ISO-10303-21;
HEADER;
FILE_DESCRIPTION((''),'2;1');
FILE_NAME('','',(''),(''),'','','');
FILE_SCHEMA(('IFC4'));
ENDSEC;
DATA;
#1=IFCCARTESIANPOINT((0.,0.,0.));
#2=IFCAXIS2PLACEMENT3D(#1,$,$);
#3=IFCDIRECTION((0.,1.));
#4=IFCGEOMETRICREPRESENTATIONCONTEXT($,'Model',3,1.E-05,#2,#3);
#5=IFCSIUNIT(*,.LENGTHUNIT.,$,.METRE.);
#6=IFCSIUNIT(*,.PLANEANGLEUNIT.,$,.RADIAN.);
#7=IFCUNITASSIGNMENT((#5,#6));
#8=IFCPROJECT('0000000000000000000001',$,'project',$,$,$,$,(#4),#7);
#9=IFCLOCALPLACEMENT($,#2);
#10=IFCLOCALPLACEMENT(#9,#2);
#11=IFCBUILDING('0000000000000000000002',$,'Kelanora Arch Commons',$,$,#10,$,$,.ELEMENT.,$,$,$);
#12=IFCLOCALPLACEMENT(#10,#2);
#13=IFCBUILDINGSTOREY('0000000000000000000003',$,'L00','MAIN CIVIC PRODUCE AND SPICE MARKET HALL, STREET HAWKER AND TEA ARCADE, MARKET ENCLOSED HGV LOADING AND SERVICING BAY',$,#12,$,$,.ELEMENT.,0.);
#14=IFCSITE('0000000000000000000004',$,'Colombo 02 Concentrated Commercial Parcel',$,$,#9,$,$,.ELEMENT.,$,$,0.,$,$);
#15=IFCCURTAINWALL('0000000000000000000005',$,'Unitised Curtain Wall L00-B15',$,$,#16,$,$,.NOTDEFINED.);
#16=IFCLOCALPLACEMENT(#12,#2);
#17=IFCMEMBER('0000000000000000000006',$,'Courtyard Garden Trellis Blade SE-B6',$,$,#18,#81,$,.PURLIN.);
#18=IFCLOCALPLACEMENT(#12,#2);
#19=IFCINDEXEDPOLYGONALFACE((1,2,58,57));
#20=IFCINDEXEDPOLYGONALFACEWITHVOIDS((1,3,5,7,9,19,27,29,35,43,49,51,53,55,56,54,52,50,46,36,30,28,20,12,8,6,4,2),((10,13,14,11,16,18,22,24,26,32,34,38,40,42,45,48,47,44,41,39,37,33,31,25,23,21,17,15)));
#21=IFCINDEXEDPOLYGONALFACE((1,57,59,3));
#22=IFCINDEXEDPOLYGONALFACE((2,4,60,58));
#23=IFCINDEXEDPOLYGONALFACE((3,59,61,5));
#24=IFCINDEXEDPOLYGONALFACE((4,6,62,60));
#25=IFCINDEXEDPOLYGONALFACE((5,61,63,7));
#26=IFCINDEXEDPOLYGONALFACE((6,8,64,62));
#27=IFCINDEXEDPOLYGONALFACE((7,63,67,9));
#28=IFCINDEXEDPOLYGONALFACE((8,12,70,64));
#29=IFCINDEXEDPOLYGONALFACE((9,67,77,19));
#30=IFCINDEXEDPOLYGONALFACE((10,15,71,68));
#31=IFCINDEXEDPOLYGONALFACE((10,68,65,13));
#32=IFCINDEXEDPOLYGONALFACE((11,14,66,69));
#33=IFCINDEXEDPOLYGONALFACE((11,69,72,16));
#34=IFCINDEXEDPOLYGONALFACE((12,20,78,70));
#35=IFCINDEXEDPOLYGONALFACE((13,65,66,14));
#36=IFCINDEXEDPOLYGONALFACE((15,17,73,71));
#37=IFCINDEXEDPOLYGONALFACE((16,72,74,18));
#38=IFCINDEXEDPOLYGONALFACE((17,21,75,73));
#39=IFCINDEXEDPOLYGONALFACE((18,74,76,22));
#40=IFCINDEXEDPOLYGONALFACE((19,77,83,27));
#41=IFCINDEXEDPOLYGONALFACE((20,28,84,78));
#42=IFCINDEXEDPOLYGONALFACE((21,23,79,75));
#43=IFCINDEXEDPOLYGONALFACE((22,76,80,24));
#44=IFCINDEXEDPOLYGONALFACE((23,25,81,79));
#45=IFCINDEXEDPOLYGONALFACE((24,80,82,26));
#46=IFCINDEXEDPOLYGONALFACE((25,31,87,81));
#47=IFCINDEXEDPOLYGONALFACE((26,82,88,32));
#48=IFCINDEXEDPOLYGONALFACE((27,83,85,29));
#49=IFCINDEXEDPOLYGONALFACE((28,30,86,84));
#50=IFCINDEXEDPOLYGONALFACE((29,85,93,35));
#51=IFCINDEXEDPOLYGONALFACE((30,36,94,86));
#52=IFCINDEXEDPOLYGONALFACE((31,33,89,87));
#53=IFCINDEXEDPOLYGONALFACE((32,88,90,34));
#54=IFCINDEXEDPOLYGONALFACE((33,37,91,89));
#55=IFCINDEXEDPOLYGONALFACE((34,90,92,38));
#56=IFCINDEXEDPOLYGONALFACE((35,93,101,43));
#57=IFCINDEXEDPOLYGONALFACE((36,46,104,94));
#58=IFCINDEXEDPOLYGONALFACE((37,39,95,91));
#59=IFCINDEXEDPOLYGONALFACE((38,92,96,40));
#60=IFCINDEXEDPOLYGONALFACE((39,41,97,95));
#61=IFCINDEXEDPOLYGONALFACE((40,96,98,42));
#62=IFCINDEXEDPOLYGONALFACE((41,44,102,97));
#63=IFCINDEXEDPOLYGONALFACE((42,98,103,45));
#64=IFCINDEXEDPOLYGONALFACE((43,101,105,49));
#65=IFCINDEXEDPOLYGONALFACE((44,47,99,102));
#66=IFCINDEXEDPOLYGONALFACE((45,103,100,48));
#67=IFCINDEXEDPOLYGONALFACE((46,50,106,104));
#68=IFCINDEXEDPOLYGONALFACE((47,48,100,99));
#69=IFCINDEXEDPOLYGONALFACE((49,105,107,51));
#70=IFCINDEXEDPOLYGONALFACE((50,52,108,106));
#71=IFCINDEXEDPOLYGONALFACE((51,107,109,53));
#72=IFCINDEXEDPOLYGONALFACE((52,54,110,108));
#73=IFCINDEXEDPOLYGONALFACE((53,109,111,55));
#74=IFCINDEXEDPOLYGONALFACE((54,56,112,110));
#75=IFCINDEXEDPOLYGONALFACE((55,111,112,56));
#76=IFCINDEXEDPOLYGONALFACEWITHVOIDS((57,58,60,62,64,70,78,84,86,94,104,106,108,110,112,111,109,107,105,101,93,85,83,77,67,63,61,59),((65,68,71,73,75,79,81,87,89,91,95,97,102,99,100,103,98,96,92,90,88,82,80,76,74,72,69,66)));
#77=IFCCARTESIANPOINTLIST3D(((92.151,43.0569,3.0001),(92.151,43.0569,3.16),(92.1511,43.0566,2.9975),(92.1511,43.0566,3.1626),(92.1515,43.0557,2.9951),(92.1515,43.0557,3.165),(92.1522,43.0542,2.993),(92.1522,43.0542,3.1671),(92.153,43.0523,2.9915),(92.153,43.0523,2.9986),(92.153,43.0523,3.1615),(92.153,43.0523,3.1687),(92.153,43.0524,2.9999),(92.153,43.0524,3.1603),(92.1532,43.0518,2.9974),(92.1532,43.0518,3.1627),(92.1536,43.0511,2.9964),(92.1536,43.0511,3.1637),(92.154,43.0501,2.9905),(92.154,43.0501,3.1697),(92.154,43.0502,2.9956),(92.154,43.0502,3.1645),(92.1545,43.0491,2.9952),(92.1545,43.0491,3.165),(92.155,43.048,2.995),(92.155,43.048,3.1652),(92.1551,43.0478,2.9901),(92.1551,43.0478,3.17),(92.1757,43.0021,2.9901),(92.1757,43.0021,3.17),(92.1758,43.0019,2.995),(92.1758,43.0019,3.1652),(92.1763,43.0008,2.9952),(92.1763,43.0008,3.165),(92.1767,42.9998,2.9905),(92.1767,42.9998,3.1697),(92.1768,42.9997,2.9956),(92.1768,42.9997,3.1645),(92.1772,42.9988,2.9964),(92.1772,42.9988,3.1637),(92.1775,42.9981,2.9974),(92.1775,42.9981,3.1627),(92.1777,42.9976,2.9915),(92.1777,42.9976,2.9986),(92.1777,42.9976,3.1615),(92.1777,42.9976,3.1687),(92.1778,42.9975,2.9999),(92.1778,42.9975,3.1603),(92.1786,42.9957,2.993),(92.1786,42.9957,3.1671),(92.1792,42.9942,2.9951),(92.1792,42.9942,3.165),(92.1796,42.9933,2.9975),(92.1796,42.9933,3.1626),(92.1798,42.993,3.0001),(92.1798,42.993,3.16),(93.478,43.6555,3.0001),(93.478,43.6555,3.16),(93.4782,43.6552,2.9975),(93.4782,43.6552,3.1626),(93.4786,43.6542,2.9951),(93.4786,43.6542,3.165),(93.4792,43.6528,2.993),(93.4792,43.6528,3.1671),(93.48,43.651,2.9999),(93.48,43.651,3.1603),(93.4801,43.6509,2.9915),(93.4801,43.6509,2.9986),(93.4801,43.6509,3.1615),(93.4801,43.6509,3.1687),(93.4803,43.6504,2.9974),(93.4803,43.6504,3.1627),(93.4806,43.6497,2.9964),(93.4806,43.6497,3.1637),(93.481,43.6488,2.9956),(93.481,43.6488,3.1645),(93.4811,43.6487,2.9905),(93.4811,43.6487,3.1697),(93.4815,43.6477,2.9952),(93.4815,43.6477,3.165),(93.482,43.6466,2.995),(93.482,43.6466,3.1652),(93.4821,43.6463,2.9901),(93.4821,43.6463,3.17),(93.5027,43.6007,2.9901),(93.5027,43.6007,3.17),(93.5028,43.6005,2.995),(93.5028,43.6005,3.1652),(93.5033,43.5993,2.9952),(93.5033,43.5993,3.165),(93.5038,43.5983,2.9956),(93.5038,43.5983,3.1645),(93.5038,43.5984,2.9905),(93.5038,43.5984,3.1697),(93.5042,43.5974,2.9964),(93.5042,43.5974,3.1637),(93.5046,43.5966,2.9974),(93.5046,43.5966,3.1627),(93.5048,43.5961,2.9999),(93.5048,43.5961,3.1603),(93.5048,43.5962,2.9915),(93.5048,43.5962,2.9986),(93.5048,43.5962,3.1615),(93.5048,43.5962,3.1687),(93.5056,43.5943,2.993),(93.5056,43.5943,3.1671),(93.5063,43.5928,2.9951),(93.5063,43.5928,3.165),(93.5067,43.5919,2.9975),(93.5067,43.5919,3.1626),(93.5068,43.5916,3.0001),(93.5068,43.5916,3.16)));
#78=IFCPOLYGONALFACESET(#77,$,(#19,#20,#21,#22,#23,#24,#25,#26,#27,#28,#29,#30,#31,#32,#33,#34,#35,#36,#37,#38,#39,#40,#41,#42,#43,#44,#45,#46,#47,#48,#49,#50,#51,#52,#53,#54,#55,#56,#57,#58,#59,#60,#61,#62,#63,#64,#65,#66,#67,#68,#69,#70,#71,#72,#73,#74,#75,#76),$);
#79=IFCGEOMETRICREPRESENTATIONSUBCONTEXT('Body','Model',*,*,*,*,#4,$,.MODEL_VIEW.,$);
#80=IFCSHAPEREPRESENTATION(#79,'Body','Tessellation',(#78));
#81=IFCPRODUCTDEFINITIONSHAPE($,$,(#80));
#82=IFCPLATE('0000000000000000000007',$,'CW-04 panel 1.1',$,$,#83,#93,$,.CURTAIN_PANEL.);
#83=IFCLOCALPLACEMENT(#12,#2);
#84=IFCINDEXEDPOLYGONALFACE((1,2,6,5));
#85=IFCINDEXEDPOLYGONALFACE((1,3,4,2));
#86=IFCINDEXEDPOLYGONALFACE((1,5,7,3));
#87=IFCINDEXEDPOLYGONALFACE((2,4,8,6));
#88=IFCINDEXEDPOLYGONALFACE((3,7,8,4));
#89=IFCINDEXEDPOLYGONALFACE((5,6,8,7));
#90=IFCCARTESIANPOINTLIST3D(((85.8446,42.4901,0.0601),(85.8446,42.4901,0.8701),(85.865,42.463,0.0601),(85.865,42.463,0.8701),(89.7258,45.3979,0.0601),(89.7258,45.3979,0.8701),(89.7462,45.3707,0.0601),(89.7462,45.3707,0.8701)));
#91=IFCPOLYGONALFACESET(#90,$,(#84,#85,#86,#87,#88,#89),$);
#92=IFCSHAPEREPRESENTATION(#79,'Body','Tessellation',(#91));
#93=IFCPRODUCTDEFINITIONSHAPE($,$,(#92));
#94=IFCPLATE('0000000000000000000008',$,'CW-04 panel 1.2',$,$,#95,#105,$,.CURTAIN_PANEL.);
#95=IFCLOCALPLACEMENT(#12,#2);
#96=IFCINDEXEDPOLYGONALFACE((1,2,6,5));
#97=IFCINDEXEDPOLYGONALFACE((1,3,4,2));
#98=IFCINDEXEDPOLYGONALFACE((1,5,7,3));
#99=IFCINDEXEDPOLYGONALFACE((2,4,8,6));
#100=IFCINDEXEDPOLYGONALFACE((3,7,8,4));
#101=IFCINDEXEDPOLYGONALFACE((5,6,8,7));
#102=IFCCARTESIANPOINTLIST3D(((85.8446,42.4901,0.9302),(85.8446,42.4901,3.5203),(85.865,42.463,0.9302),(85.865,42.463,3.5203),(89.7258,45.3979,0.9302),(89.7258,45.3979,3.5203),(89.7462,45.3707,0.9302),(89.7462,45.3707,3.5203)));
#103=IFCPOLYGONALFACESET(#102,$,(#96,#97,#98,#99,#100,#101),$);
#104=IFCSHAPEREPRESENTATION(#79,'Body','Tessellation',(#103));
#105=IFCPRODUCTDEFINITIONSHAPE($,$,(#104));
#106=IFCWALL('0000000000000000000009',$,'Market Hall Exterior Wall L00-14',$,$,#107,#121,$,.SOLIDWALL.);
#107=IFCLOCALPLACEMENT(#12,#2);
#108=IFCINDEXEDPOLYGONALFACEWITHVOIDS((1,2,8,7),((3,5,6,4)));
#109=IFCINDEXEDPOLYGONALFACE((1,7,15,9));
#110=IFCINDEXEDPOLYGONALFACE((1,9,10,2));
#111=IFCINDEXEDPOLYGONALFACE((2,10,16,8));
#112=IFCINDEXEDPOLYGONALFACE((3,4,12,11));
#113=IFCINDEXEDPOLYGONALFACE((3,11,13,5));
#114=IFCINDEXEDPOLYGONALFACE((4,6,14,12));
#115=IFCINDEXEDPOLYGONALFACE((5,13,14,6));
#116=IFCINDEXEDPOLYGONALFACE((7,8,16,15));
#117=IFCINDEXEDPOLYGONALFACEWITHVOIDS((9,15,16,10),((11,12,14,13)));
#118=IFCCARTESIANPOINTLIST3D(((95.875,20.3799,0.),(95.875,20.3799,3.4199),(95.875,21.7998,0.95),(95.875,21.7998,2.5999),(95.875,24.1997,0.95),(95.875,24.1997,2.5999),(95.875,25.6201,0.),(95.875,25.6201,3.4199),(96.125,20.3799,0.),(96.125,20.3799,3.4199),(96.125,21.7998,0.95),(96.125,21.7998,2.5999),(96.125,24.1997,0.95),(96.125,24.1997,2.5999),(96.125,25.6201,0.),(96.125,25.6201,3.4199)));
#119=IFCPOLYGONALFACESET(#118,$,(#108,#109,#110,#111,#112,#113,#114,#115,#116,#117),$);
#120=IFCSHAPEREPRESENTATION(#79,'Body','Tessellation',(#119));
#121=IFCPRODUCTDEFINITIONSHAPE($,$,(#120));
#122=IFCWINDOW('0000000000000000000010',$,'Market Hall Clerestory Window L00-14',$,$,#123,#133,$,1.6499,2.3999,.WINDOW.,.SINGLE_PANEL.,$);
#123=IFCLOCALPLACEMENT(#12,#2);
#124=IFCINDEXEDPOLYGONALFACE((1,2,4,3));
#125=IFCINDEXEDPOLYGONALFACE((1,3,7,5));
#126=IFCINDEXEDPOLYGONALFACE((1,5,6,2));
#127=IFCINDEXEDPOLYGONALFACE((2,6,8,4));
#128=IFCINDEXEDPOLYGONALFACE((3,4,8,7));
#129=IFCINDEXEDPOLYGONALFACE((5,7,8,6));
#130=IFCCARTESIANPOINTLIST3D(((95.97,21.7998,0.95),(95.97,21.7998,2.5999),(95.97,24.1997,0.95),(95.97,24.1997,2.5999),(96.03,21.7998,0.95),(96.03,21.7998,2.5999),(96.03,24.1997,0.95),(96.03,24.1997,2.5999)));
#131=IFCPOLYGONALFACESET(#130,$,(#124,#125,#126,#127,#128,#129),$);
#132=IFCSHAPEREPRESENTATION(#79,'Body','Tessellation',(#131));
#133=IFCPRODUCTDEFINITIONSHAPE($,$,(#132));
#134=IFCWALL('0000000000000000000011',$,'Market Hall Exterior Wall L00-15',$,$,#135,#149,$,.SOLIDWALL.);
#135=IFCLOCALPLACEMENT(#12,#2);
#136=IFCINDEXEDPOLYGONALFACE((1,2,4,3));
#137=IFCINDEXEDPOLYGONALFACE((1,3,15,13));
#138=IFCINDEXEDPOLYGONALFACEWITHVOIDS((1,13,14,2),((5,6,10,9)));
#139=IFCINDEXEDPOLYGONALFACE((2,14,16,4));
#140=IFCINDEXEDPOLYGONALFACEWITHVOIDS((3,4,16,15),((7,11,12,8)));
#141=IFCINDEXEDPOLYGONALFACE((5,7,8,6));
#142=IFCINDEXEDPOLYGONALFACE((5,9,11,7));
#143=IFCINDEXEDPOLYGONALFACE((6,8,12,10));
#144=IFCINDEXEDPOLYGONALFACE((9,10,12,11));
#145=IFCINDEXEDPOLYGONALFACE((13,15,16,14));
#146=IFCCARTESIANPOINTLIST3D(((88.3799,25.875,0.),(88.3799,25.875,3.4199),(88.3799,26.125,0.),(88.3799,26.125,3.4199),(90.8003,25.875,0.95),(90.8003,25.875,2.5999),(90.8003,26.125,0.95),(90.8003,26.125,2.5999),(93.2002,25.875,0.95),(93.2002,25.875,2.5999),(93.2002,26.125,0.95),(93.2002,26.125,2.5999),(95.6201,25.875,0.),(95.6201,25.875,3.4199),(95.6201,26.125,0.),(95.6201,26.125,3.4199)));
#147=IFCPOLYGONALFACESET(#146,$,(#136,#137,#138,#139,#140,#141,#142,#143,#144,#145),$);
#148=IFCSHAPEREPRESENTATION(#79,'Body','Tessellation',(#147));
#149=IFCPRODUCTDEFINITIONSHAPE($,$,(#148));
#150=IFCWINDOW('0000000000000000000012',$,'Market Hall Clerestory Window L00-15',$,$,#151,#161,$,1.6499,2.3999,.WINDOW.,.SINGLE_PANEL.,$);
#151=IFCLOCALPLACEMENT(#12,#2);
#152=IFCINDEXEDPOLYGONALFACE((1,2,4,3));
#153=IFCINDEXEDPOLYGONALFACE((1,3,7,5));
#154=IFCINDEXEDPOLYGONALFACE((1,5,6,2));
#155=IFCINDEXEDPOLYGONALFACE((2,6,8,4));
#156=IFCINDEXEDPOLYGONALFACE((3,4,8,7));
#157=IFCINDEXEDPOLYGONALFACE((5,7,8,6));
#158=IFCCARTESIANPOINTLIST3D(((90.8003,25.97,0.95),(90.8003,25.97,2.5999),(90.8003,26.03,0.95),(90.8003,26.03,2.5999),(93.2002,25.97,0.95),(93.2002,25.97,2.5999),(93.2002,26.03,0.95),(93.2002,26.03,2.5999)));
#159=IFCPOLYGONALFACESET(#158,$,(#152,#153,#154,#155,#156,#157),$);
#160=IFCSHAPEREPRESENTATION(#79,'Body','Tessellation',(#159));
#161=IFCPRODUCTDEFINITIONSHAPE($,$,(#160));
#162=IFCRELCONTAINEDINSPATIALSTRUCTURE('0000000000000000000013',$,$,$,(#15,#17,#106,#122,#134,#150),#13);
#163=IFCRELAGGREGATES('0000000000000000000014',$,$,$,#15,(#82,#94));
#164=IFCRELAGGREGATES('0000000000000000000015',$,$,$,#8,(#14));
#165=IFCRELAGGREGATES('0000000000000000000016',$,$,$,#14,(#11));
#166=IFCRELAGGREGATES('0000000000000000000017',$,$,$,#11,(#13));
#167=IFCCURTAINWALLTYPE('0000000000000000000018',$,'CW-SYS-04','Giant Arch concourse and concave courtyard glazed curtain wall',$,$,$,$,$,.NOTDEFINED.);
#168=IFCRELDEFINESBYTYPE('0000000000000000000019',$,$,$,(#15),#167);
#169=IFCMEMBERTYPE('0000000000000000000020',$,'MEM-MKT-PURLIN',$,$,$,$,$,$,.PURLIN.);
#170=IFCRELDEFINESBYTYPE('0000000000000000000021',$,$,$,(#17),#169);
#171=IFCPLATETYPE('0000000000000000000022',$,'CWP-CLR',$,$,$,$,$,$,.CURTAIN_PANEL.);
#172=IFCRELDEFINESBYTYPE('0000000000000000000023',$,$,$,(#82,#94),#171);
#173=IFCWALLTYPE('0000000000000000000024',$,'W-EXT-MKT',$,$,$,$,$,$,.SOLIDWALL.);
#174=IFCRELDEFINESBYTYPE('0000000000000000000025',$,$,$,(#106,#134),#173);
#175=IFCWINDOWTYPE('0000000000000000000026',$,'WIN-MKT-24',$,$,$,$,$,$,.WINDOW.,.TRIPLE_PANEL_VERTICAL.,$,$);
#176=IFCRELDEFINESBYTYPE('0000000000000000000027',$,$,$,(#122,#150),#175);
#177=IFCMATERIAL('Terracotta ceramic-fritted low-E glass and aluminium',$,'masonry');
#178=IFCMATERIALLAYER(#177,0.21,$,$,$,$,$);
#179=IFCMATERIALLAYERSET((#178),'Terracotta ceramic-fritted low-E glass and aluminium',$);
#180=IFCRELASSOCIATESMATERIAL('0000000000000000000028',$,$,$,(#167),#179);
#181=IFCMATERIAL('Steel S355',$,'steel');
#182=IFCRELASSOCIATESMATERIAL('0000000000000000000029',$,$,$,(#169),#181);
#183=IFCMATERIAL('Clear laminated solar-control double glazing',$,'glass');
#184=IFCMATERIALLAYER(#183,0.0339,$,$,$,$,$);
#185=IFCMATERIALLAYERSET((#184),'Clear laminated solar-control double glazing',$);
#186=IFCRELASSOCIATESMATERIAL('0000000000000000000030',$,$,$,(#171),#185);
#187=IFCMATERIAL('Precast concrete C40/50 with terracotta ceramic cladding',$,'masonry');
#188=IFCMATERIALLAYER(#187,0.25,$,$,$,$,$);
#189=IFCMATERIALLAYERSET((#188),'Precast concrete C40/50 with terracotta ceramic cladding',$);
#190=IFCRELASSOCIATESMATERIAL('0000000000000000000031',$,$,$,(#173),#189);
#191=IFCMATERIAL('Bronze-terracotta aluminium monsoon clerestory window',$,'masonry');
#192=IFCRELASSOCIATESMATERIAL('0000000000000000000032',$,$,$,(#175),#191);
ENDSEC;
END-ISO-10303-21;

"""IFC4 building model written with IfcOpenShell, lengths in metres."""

from ifc_helpers import new_model, si_unit, direction, frame, frame_2d, origin, origin_2d, place, context, subcontext, project, spatial, rectangle, hollow_rectangle, extrude, source, transform, mapped, material, layer, layer_set, material_profile, profile_set, type_object, element, fill, aggregate, save


model = new_model("IFC4")

# Units and contexts
model_context = context("Model", 3, precision=1e-05, world=origin(), true_north=direction((0.0, 1.0)))
body_context = subcontext(model_context, "Body", "Model", "MODEL_VIEW")
ifc_project = project(units=[si_unit("LENGTHUNIT", "METRE"), si_unit("PLANEANGLEUNIT", "RADIAN")], contexts=[model_context])

# Site, building, storey
site_placement = place(None, origin())
site = spatial("IfcSite", under=ifc_project, at=site_placement, Name="Colombo 02 Concentrated Commercial Parcel", CompositionType="ELEMENT", RefElevation=0.0)
building_placement = place(site_placement, origin())
building = spatial("IfcBuilding", under=site, at=building_placement, Name="Kelanora Arch Commons", CompositionType="ELEMENT")
storey_placement = place(building_placement, origin())
storey = spatial("IfcBuildingStorey", under=building, at=storey_placement, Name="L00", Description="MAIN CIVIC PRODUCE AND SPICE MARKET HALL, STREET HAWKER AND TEA ARCADE, MARKET ENCLOSED HGV LOADING AND SERVICING BAY", CompositionType="ELEMENT", Elevation=0.0)

# Shared definitions
ifc_material_1 = material(Name="Steel S355", Category="steel")

# Curtain wall
ifc_material_2 = material(Name="Terracotta ceramic-fritted low-E glass and aluminium", Category="masonry")
ifc_layer_1 = layer(ifc_material_2, 0.21)
ifc_layer_set_1 = layer_set([ifc_layer_1], Name="Terracotta ceramic-fritted low-E glass and aluminium")
curtain_wall_type = type_object("IfcCurtainWallType", Name="CW-SYS-04", Description="Giant Arch concourse and concave courtyard glazed curtain wall", PredefinedType="NOTDEFINED", material=ifc_layer_set_1)
curtain_wall_placement = place(storey_placement, origin())
curtain_wall = element("IfcCurtainWall", 1, at=curtain_wall_placement, inside=storey, type_object=curtain_wall_type, Name="Unitised Curtain Wall L00-B15", PredefinedType="NOTDEFINED")

# Member
ifc_material_profile_1 = material_profile(ifc_material_1, hollow_rectangle(XDim=0.0701, YDim=0.1799, WallThickness=0.0049, InnerFilletRadius=0.0049, OuterFilletRadius=0.01, at=origin_2d()), Name="RHS180x70x5")
ifc_profile_set_1 = profile_set([ifc_material_profile_1], Name="Steel S355")
member_type_1 = type_object("IfcMemberType", Name="MEM-MKT-PURLIN", PredefinedType="PURLIN", material=ifc_profile_set_1)
member_1_placement = place(storey_placement, frame((93.4924, 43.6235, 3.0801), z_axis=(-0.911557, -0.411173, 0.0), x_axis=(0.411173, -0.911557, 0.0)))
element("IfcMember", 2, at=member_1_placement, inside=storey, type_object=member_type_1, Name="Courtyard Garden Trellis Blade SE-B6", PredefinedType="PURLIN", context=body_context, shape_type="SweptSolid", body=[
    extrude(hollow_rectangle(XDim=0.0701, YDim=0.1799, WallThickness=0.0049, InnerFilletRadius=0.0049, OuterFilletRadius=0.01, at=origin_2d()), origin(), (0.0, 0.0, 1.0), 1.4558),
])

# Plates
ifc_material_3 = material(Name="Clear laminated solar-control double glazing", Category="glass")
ifc_layer_2 = layer(ifc_material_3, 0.0339)
ifc_layer_set_2 = layer_set([ifc_layer_2], Name="Clear laminated solar-control double glazing")
plate_type = type_object("IfcPlateType", Name="CWP-CLR", PredefinedType="CURTAIN_PANEL", material=ifc_layer_set_2)
shared_shape_1 = source(origin(), body_context, "Body", "SweptSolid", [
    extrude(rectangle(XDim=4.8496, YDim=0.0339, at=origin_2d()), origin(), (0.0, 0.0, 1.0), 0.8101),
])
plate_1_placement = place(storey_placement, frame((87.7954, 43.9304, 0.0601), z_axis=(0.0, 0.0, 1.0), x_axis=(0.800309, 0.599588, 0.0)))
plate_1 = element("IfcPlate", 3, at=plate_1_placement, type_object=plate_type, Name="CW-04 panel 1.1", PredefinedType="CURTAIN_PANEL", context=body_context, shape_type="MappedRepresentation", body=[
    mapped(shared_shape_1, transform((0.0, 0.0, 0.0), scale=1.0)),
])
shared_shape_2 = source(origin(), body_context, "Body", "SweptSolid", [
    extrude(rectangle(XDim=4.8496, YDim=0.0339, at=origin_2d()), origin(), (0.0, 0.0, 1.0), 2.5901),
])
plate_2_placement = place(storey_placement, frame((87.7954, 43.9304, 0.9302), z_axis=(0.0, 0.0, 1.0), x_axis=(0.800309, 0.599588, 0.0)))
plate_2 = element("IfcPlate", 4, at=plate_2_placement, type_object=plate_type, Name="CW-04 panel 1.2", PredefinedType="CURTAIN_PANEL", context=body_context, shape_type="MappedRepresentation", body=[
    mapped(shared_shape_2, transform((0.0, 0.0, 0.0), scale=1.0)),
])
aggregate(curtain_wall, [plate_1, plate_2])

# Walls, openings, windows
ifc_material_4 = material(Name="Precast concrete C40/50 with terracotta ceramic cladding", Category="masonry")
ifc_layer_3 = layer(ifc_material_4, 0.25)
ifc_layer_set_3 = layer_set([ifc_layer_3], Name="Precast concrete C40/50 with terracotta ceramic cladding")
wall_type_1 = type_object("IfcWallType", Name="W-EXT-MKT", PredefinedType="SOLIDWALL", material=ifc_layer_set_3)
wall_1_placement = place(storey_placement, frame((96.0, 20.3799, 0.0), z_axis=(0.0, 0.0, 1.0), x_axis=(0.0, 1.0, 0.0)))
wall_1 = element("IfcWall", 5, at=wall_1_placement, inside=storey, type_object=wall_type_1, Name="Market Hall Exterior Wall L00-14", PredefinedType="SOLIDWALL", context=body_context, shape_type="SweptSolid", body=[
    extrude(rectangle(XDim=5.2402, YDim=0.25, at=frame_2d((2.6201, 0.0))), origin(), (0.0, 0.0, 1.0), 3.4199),
])
opening_1_placement = place(wall_1_placement, frame((1.4199, 0.0, 0.95)))
opening_1 = element("IfcOpeningElement", 6, at=opening_1_placement, cuts=wall_1, PredefinedType="OPENING", context=body_context, shape_type="SweptSolid", body=[
    extrude(rectangle(XDim=2.3999, YDim=1.6499, at=frame_2d((1.2, 0.825))), frame((0.0, 0.135, 0.0), z_axis=(0.0, -1.0, 0.0), x_axis=(1.0, 0.0, 0.0)), (0.0, 0.0, 1.0), 0.27),
])
ifc_material_5 = material(Name="Bronze-terracotta aluminium monsoon clerestory window", Category="masonry")
window_type = type_object("IfcWindowType", Name="WIN-MKT-24", PartitioningType="TRIPLE_PANEL_VERTICAL", PredefinedType="WINDOW", material=ifc_material_5)
window_1_placement = place(opening_1_placement, origin())
window_1 = element("IfcWindow", 7, at=window_1_placement, inside=storey, type_object=window_type, Name="Market Hall Clerestory Window L00-14", OverallHeight=1.6499, OverallWidth=2.3999, PartitioningType="SINGLE_PANEL", PredefinedType="WINDOW", context=body_context, shape_type="SweptSolid", body=[
    extrude(rectangle(XDim=2.3999, YDim=1.6499, at=frame_2d((1.2, 0.825))), frame((0.0, 0.03, 0.0), z_axis=(0.0, -1.0, 0.0), x_axis=(1.0, 0.0, 0.0)), (0.0, 0.0, 1.0), 0.0601),
])
fill(opening_1, window_1)
wall_2_placement = place(storey_placement, frame((95.6201, 26.0, 0.0), z_axis=(0.0, 0.0, 1.0), x_axis=(-1.0, 0.0, 0.0)))
wall_2 = element("IfcWall", 8, at=wall_2_placement, inside=storey, type_object=wall_type_1, Name="Market Hall Exterior Wall L00-15", PredefinedType="SOLIDWALL", context=body_context, shape_type="SweptSolid", body=[
    extrude(rectangle(XDim=7.2402, YDim=0.25, at=frame_2d((3.6201, 0.0))), origin(), (0.0, 0.0, 1.0), 3.4199),
])
opening_2_placement = place(wall_2_placement, frame((2.4199, 0.0, 0.95)))
opening_2 = element("IfcOpeningElement", 9, at=opening_2_placement, cuts=wall_2, PredefinedType="OPENING", context=body_context, shape_type="SweptSolid", body=[
    extrude(rectangle(XDim=2.3999, YDim=1.6499, at=frame_2d((1.2, 0.825))), frame((0.0, 0.135, 0.0), z_axis=(0.0, -1.0, 0.0), x_axis=(1.0, 0.0, 0.0)), (0.0, 0.0, 1.0), 0.27),
])
window_2_placement = place(opening_2_placement, origin())
window_2 = element("IfcWindow", 10, at=window_2_placement, inside=storey, type_object=window_type, Name="Market Hall Clerestory Window L00-15", OverallHeight=1.6499, OverallWidth=2.3999, PartitioningType="SINGLE_PANEL", PredefinedType="WINDOW", context=body_context, shape_type="SweptSolid", body=[
    extrude(rectangle(XDim=2.3999, YDim=1.6499, at=frame_2d((1.2, 0.825))), frame((0.0, 0.03, 0.0), z_axis=(0.0, -1.0, 0.0), x_axis=(1.0, 0.0, 0.0)), (0.0, 0.0, 1.0), 0.0601),
])
fill(opening_2, window_2)

save(model, "model.ifc")
